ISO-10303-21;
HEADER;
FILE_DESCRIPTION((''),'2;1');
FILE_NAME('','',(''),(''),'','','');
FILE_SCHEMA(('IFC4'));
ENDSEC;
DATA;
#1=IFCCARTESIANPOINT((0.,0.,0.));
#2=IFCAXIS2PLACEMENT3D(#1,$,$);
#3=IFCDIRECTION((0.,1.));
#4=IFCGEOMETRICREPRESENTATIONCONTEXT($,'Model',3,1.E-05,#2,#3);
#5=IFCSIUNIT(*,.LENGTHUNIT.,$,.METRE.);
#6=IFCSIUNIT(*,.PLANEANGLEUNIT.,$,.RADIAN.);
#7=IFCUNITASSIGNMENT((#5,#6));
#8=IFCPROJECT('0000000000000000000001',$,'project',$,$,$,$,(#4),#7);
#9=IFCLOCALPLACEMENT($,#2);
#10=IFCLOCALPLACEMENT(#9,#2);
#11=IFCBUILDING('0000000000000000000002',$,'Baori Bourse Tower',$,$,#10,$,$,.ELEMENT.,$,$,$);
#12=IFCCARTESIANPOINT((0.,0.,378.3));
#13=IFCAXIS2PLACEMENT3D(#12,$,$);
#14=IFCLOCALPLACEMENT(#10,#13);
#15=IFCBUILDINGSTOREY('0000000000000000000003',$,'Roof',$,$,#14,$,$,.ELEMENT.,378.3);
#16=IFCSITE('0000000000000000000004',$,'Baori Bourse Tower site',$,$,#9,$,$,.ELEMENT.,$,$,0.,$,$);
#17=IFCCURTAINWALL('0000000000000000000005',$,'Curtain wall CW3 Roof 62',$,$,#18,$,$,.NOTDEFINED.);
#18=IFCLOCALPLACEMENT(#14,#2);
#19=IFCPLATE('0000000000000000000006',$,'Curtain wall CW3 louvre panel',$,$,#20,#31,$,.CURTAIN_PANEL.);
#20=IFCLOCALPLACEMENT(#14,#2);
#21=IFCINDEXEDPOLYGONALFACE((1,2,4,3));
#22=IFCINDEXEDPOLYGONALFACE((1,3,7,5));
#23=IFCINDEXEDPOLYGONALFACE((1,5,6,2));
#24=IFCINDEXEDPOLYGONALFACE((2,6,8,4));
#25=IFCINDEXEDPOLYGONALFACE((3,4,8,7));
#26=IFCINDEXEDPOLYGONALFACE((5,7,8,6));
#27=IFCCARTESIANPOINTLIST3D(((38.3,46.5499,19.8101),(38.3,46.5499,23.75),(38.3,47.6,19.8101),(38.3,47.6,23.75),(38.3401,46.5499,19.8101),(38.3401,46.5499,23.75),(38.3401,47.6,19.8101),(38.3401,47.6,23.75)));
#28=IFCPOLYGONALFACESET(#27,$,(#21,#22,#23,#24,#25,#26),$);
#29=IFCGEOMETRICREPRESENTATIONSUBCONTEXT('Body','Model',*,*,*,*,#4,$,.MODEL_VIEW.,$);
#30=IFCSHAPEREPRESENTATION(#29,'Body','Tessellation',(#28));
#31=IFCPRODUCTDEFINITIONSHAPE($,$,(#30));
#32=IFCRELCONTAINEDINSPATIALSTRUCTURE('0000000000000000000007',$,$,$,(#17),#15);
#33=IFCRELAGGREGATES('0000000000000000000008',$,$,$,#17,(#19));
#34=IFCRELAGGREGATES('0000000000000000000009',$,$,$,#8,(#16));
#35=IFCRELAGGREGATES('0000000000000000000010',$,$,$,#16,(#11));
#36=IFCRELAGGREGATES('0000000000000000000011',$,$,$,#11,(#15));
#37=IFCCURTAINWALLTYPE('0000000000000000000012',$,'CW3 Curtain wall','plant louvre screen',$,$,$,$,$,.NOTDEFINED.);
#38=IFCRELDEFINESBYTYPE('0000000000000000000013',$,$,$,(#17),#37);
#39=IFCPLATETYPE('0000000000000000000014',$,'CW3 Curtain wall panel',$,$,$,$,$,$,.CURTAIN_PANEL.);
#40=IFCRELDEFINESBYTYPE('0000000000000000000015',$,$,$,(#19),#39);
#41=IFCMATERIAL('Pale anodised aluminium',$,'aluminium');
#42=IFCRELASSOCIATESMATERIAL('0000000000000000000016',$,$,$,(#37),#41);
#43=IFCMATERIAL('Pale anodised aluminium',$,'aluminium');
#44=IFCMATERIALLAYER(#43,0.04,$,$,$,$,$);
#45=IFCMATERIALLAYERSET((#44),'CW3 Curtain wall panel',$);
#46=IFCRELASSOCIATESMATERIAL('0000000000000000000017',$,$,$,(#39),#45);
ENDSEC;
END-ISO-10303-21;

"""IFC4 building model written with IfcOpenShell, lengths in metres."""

from ifc_helpers import new_model, si_unit, direction, frame, origin, origin_2d, place, context, subcontext, project, spatial, rectangle, extrude, material, layer, layer_set, type_object, element, aggregate, save


model = new_model("IFC4")

# Units and contexts
model_context = context("Model", 3, precision=1e-05, world=origin(), true_north=direction((0.0, 1.0)))
body_context = subcontext(model_context, "Body", "Model", "MODEL_VIEW")
ifc_project = project(units=[si_unit("LENGTHUNIT", "METRE"), si_unit("PLANEANGLEUNIT", "RADIAN")], contexts=[model_context])

# Site, building, storey
site_placement = place(None, origin())
site = spatial("IfcSite", under=ifc_project, at=site_placement, Name="Baori Bourse Tower site", CompositionType="ELEMENT", RefElevation=0.0)
building_placement = place(site_placement, origin())
building = spatial("IfcBuilding", under=site, at=building_placement, Name="Baori Bourse Tower", CompositionType="ELEMENT")
storey_placement = place(building_placement, frame((0.0, 0.0, 378.3)))
storey = spatial("IfcBuildingStorey", under=building, at=storey_placement, Name="Roof", CompositionType="ELEMENT", Elevation=378.3)

# Curtain wall
ifc_material_1 = material(Name="Pale anodised aluminium", Category="aluminium")
curtain_wall_type = type_object("IfcCurtainWallType", Name="CW3 Curtain wall", Description="plant louvre screen", PredefinedType="NOTDEFINED", material=ifc_material_1)
curtain_wall_1_placement = place(storey_placement, origin())
curtain_wall_1 = element("IfcCurtainWall", 1, at=curtain_wall_1_placement, inside=storey, type_object=curtain_wall_type, Name="Curtain wall CW3 Roof 62", PredefinedType="NOTDEFINED")

# Plate
ifc_material_2 = material(Name="Pale anodised aluminium", Category="aluminium")
ifc_layer = layer(ifc_material_2, 0.04)
ifc_layer_set = layer_set([ifc_layer], Name="CW3 Curtain wall panel")
plate_type = type_object("IfcPlateType", Name="CW3 Curtain wall panel", PredefinedType="CURTAIN_PANEL", material=ifc_layer_set)
plate_1_placement = place(storey_placement, frame((38.3201, 47.075, 19.8101), z_axis=(0.0, 0.0, 1.0), x_axis=(0.0, 1.0, 0.0)))
plate_1 = element("IfcPlate", 2, at=plate_1_placement, type_object=plate_type, Name="Curtain wall CW3 louvre panel", PredefinedType="CURTAIN_PANEL", context=body_context, shape_type="SweptSolid", body=[
    extrude(rectangle(XDim=1.05, YDim=0.04, at=origin_2d()), origin(), (0.0, 0.0, 1.0), 3.9399),
])
aggregate(curtain_wall_1, [plate_1])

save(model, "model.ifc")
